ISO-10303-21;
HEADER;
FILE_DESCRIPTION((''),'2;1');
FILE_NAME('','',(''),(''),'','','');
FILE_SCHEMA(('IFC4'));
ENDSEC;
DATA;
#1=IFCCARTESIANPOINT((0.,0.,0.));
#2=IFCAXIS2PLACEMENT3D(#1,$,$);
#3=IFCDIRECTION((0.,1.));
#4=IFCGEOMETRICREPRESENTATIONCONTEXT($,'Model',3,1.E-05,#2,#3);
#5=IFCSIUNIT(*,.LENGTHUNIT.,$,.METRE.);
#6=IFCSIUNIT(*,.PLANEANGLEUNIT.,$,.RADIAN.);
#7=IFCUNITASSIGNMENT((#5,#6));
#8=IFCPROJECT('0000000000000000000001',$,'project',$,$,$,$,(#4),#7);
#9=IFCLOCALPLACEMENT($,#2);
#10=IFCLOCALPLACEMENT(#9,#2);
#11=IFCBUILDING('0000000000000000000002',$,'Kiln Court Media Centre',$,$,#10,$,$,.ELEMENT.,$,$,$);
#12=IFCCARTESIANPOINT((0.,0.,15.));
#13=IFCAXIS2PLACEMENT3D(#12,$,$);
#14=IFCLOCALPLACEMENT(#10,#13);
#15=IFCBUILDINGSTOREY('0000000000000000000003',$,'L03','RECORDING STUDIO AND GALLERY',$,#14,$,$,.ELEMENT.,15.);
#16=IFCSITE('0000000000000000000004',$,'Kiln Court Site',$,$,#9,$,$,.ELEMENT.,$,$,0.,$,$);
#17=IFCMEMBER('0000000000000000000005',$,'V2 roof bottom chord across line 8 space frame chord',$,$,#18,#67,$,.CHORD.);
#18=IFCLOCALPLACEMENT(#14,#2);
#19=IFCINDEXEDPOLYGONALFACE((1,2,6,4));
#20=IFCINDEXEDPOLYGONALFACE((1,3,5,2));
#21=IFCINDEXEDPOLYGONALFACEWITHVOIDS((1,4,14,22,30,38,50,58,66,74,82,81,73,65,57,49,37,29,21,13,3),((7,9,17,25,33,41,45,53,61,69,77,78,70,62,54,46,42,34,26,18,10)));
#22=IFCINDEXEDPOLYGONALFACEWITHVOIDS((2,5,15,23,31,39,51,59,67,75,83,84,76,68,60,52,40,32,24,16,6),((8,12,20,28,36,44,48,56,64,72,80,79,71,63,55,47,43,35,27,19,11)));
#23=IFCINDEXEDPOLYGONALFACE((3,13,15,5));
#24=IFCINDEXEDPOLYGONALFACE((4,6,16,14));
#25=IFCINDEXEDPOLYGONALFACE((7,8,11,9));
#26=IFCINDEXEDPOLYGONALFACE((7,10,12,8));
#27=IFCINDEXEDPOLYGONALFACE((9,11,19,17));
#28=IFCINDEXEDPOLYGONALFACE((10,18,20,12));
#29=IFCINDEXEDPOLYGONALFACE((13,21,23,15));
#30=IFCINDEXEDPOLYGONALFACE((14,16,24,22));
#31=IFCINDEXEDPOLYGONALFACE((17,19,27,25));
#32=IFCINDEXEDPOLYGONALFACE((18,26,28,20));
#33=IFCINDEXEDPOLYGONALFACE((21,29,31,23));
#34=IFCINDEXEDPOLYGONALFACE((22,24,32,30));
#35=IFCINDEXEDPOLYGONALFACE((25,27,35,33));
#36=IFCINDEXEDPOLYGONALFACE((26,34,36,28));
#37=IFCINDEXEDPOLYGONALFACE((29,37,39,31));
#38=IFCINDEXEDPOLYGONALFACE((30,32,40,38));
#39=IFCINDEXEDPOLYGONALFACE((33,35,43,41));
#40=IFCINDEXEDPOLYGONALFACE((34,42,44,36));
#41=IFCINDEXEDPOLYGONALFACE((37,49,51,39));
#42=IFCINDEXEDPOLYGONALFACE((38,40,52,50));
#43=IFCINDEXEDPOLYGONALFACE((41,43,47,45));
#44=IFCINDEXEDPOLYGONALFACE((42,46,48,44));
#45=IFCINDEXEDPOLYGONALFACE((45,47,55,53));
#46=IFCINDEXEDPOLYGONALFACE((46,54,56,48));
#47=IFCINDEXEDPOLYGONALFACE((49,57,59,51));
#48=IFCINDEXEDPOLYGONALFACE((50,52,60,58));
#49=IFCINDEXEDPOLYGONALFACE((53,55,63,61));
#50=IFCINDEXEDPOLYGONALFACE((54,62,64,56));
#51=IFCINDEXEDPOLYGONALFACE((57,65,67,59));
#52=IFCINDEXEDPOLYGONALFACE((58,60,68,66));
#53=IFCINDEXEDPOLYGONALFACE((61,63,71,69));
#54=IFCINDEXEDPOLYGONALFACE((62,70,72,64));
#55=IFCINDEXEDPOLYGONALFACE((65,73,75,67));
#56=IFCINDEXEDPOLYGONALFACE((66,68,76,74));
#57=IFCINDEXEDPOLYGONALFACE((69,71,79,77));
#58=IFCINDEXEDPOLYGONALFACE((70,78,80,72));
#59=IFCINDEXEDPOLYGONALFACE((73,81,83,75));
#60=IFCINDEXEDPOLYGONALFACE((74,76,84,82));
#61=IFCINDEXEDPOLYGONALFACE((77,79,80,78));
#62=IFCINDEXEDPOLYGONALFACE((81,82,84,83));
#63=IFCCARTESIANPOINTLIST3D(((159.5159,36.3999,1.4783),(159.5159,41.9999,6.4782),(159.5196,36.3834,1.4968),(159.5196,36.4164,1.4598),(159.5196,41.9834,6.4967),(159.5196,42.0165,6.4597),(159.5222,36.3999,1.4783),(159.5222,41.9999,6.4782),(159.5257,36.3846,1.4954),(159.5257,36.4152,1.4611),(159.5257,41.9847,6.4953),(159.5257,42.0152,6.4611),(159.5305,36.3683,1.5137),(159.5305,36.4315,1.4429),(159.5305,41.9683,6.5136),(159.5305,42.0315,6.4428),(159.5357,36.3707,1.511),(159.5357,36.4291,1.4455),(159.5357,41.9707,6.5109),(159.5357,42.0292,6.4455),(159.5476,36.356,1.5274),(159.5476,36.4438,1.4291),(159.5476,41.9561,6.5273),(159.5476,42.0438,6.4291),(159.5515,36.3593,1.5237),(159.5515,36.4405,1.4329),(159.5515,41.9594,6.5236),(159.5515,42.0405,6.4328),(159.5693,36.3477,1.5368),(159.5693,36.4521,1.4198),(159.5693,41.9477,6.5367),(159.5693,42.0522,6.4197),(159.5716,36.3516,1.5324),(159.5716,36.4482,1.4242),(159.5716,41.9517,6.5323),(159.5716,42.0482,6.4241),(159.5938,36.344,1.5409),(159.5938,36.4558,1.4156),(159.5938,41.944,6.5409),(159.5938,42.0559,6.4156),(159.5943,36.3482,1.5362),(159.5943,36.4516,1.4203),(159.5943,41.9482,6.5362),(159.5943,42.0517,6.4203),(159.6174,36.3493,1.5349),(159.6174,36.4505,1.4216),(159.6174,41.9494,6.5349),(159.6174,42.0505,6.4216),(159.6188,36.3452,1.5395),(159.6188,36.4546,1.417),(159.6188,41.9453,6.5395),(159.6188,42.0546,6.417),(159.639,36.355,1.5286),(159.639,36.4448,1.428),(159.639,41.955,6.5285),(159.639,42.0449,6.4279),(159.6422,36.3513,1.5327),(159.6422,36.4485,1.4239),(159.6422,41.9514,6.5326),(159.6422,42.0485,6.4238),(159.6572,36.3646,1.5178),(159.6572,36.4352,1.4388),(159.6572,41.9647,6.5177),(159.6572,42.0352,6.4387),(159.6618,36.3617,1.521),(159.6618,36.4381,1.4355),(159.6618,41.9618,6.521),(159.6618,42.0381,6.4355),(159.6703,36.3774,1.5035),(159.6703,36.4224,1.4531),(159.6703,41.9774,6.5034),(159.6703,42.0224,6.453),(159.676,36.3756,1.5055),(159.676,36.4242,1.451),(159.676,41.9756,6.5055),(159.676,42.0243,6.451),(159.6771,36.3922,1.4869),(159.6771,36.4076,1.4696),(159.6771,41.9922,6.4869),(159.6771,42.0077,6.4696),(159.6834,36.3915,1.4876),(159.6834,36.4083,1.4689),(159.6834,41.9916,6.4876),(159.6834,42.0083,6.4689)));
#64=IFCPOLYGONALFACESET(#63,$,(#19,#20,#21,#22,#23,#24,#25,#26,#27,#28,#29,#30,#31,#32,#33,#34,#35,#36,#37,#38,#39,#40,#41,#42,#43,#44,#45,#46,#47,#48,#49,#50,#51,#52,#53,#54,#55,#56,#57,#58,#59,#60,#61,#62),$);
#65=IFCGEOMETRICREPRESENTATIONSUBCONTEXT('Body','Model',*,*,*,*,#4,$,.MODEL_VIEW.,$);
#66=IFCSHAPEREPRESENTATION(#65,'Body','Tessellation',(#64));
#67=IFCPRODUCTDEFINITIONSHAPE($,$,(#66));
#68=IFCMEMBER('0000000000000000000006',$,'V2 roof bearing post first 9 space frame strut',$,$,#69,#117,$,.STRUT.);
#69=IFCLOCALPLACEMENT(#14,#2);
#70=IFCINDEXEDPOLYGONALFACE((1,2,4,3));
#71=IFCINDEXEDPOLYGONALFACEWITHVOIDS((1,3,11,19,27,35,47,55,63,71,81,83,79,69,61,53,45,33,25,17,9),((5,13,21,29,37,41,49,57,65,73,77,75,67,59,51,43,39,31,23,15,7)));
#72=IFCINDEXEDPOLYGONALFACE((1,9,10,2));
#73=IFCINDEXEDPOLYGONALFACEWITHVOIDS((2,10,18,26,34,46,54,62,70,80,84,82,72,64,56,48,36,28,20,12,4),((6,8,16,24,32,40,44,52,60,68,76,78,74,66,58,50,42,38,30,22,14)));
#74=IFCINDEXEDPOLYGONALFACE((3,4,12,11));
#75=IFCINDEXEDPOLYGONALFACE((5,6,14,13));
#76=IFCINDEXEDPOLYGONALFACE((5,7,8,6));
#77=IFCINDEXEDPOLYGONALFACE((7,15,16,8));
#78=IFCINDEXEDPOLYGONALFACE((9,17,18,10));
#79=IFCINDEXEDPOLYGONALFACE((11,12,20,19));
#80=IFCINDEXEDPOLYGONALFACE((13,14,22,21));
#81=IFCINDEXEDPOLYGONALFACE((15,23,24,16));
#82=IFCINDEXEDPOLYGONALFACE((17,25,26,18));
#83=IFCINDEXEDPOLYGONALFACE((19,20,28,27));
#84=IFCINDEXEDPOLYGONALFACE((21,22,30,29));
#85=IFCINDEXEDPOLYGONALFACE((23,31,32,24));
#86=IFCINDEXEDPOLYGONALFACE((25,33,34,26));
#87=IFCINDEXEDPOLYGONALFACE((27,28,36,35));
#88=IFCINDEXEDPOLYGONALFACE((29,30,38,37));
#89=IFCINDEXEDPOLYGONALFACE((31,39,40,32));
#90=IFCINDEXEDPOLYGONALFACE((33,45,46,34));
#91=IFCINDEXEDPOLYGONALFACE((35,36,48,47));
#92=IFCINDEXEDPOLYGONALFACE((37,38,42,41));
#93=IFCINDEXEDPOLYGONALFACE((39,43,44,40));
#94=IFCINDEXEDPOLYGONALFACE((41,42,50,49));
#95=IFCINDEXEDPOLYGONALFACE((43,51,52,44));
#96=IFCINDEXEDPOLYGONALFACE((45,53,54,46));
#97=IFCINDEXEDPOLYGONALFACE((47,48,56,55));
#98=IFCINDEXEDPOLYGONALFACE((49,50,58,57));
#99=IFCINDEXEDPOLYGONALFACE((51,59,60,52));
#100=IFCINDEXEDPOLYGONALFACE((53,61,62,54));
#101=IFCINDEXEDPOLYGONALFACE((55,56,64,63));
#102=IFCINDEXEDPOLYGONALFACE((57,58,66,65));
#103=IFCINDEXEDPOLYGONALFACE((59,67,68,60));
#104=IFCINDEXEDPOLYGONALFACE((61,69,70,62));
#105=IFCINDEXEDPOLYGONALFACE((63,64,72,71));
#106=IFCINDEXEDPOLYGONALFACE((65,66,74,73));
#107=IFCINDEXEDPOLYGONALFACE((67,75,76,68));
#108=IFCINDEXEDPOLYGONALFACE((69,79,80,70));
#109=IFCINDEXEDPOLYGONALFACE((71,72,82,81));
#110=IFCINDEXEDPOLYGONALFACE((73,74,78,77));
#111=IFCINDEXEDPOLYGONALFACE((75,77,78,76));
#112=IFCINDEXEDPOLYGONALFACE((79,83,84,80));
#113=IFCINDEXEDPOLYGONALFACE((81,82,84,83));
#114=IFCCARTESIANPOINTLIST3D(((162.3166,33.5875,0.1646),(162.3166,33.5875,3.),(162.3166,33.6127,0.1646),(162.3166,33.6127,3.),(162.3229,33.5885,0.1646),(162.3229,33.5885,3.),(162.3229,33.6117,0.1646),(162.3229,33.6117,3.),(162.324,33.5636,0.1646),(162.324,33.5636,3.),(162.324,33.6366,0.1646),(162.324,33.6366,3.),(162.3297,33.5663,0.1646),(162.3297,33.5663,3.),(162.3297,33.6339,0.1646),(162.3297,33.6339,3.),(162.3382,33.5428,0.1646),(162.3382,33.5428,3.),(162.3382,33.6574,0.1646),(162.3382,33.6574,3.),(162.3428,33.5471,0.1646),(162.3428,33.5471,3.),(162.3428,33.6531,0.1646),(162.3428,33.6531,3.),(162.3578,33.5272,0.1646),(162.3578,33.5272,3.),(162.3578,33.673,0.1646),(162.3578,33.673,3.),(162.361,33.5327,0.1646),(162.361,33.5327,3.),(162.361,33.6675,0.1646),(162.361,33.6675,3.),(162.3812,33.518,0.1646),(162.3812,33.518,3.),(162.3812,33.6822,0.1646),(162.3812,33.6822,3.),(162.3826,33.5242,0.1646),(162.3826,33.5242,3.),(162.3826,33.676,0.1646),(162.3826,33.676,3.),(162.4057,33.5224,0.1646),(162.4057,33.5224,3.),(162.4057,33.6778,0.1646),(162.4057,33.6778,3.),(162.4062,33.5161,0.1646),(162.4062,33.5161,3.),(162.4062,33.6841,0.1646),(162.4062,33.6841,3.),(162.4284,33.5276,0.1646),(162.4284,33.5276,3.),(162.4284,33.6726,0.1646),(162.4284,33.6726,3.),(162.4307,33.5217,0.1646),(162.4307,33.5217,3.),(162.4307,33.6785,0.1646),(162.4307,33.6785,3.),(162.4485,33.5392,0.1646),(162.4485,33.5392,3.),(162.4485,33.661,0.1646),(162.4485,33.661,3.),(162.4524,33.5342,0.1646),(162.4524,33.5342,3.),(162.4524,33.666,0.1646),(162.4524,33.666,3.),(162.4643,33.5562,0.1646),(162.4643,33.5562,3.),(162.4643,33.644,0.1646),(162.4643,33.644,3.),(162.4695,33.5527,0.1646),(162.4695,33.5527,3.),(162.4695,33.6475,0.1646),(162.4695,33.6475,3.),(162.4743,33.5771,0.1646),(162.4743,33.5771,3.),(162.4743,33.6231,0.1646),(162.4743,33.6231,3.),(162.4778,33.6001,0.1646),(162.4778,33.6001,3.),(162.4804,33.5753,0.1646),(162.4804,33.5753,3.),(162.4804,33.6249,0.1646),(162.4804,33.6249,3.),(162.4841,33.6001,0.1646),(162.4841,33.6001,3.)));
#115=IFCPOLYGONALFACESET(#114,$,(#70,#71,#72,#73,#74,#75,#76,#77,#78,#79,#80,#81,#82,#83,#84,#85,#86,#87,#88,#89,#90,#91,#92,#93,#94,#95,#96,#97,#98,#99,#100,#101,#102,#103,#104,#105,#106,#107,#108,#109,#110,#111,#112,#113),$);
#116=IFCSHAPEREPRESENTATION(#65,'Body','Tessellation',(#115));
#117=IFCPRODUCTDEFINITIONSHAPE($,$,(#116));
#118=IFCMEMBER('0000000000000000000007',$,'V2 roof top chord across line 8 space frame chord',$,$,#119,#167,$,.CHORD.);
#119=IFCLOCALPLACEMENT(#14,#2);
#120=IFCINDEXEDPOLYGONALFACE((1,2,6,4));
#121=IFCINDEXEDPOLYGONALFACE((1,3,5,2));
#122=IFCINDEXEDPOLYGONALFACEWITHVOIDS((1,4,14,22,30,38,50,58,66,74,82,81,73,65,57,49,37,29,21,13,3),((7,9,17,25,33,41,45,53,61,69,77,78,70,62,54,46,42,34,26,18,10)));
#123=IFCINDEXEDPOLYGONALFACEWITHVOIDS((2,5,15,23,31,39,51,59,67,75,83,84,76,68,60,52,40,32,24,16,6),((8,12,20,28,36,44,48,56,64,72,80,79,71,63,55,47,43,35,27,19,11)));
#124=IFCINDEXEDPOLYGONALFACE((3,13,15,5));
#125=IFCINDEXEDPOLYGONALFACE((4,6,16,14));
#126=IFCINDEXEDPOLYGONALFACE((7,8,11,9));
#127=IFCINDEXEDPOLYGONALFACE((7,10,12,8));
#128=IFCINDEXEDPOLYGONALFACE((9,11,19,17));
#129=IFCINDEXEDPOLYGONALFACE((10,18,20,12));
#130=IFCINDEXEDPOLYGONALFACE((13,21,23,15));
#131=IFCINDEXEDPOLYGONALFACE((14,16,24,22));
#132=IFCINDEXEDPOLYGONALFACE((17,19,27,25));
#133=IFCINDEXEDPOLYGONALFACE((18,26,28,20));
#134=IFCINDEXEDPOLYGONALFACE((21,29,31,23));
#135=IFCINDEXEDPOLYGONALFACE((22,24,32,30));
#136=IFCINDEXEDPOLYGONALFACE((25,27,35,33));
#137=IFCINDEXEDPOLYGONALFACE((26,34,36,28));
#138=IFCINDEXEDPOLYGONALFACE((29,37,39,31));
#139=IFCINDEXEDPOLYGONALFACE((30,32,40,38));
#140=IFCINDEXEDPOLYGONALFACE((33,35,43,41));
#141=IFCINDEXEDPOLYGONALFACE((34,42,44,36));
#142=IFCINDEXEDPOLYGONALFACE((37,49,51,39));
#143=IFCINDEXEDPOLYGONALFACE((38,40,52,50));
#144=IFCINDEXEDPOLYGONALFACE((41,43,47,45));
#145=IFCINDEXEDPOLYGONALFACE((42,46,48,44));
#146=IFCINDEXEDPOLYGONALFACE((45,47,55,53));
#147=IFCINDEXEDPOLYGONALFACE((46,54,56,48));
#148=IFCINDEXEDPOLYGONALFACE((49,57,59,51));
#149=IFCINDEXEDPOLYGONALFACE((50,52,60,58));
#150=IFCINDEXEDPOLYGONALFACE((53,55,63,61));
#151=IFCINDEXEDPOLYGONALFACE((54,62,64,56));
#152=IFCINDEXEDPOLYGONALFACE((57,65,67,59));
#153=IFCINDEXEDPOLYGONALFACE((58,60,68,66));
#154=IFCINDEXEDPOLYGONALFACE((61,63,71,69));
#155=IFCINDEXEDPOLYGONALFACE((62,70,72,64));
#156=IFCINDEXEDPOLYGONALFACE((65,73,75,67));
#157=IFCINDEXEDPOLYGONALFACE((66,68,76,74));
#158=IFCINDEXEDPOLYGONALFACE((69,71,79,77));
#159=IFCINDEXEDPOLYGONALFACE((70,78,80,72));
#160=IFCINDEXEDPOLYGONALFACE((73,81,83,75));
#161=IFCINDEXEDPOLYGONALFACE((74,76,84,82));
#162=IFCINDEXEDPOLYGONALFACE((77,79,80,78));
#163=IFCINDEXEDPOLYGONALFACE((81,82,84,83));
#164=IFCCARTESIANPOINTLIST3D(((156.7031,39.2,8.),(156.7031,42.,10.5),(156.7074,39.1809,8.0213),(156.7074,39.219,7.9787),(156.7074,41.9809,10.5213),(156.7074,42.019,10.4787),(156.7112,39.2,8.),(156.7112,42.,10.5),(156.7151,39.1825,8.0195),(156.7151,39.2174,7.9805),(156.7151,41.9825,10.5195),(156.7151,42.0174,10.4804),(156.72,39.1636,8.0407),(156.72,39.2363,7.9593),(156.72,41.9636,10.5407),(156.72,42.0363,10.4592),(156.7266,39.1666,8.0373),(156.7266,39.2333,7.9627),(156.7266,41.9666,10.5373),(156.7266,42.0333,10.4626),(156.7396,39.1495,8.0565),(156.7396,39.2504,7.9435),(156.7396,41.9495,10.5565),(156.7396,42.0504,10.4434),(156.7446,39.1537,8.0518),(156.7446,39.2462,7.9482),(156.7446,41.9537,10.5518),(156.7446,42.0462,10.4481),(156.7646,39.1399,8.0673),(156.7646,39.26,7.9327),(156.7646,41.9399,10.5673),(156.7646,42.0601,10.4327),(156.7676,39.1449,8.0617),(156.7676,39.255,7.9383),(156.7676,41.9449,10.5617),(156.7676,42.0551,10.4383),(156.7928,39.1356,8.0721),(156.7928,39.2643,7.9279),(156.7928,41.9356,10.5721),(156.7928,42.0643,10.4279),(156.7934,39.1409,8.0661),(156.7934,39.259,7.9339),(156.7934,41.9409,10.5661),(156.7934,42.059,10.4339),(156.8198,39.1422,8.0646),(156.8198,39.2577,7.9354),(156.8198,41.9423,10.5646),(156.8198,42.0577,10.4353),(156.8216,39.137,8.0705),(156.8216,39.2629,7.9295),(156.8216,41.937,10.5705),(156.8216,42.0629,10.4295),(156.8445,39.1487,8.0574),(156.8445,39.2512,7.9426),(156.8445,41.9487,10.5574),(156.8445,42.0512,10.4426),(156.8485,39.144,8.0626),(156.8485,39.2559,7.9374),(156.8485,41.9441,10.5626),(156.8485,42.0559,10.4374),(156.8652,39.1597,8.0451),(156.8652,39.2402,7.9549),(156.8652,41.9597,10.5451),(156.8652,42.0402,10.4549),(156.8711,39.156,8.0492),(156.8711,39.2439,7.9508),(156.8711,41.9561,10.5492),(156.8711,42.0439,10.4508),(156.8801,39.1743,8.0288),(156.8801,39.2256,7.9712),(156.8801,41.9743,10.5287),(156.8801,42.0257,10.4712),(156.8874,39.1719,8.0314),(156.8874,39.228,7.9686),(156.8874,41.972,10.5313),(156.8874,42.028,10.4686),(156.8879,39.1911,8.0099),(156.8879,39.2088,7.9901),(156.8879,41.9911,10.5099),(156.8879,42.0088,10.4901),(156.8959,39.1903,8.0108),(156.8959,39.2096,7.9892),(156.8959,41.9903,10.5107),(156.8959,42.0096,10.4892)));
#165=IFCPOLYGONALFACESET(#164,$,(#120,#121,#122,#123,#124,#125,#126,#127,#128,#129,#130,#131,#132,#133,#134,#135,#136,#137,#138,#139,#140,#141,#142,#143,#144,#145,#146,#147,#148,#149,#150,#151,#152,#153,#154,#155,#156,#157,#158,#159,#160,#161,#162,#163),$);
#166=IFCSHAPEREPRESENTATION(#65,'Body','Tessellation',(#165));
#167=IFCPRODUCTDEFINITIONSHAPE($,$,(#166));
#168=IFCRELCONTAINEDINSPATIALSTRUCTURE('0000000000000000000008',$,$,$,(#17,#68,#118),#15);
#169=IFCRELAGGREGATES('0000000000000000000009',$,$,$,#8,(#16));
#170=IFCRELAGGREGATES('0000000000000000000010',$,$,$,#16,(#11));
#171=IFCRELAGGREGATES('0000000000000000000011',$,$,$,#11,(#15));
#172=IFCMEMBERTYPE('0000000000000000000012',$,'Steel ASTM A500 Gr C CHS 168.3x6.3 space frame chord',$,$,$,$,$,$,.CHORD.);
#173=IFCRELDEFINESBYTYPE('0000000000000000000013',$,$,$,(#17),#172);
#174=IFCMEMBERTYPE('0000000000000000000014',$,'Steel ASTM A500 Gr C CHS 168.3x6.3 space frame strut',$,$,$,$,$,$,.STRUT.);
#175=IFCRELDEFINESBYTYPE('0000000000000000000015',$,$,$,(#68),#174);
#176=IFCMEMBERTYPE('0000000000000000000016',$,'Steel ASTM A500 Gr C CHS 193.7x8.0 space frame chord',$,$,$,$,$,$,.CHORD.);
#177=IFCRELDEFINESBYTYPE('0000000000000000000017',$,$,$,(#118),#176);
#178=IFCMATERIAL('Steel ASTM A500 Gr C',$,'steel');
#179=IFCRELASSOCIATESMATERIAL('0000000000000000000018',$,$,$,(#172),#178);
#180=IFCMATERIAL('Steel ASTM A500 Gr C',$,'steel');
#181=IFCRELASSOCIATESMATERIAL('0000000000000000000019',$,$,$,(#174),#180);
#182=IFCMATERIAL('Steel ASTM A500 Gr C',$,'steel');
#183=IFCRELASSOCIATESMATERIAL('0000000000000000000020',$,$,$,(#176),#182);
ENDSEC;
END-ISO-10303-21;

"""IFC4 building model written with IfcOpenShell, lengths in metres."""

from ifc_helpers import new_model, si_unit, direction, frame, origin, origin_2d, place, context, subcontext, project, spatial, hollow_circle, extrude, material, material_profile, profile_set, type_object, element, save


model = new_model("IFC4")

# Units and contexts
model_context = context("Model", 3, precision=1e-05, world=origin(), true_north=direction((0.0, 1.0)))
body_context = subcontext(model_context, "Body", "Model", "MODEL_VIEW")
ifc_project = project(units=[si_unit("LENGTHUNIT", "METRE"), si_unit("PLANEANGLEUNIT", "RADIAN")], contexts=[model_context])

# Site, building, storey
site_placement = place(None, origin())
site = spatial("IfcSite", under=ifc_project, at=site_placement, Name="Kiln Court Site", CompositionType="ELEMENT", RefElevation=0.0)
building_placement = place(site_placement, origin())
building = spatial("IfcBuilding", under=site, at=building_placement, Name="Kiln Court Media Centre", CompositionType="ELEMENT")
storey_placement = place(building_placement, frame((0.0, 0.0, 15.0)))
storey = spatial("IfcBuildingStorey", under=building, at=storey_placement, Name="L03", Description="RECORDING STUDIO AND GALLERY", CompositionType="ELEMENT", Elevation=15.0)

# Members
ifc_material_1 = material(Name="Steel ASTM A500 Gr C", Category="steel")
ifc_material_profile_1 = material_profile(ifc_material_1, hollow_circle(Radius=0.0842, WallThickness=0.0063, at=origin_2d()), Name="CHS 168.3x6.3")
ifc_profile_set_1 = profile_set([ifc_material_profile_1], Name="Steel ASTM A500 Gr C")
member_type_1 = type_object("IfcMemberType", Name="Steel ASTM A500 Gr C CHS 168.3x6.3 space frame chord", PredefinedType="CHORD", material=ifc_profile_set_1)
member_1_placement = place(storey_placement, frame((159.6001, 36.3999, 1.4783), z_axis=(0.0, 0.745943, 0.666009), x_axis=(-1.0, 0.0, 0.0)))
element("IfcMember", 1, at=member_1_placement, inside=storey, type_object=member_type_1, Name="V2 roof bottom chord across line 8 space frame chord", PredefinedType="CHORD", context=body_context, shape_type="SweptSolid", body=[
    extrude(hollow_circle(Radius=0.0842, WallThickness=0.0063, at=origin_2d()), origin(), (0.0, 0.0, 1.0), 7.5073),
])
ifc_material_2 = material(Name="Steel ASTM A500 Gr C", Category="steel")
ifc_material_profile_2 = material_profile(ifc_material_2, hollow_circle(Radius=0.0842, WallThickness=0.0063, at=origin_2d()), Name="CHS 168.3x6.3")
ifc_profile_set_2 = profile_set([ifc_material_profile_2], Name="Steel ASTM A500 Gr C")
member_type_2 = type_object("IfcMemberType", Name="Steel ASTM A500 Gr C CHS 168.3x6.3 space frame strut", PredefinedType="STRUT", material=ifc_profile_set_2)
member_2_placement = place(storey_placement, frame((162.3999, 33.6001, 0.1646), z_axis=(0.0, 0.0, 1.0), x_axis=(1.0, 0.0, 0.0)))
element("IfcMember", 2, at=member_2_placement, inside=storey, type_object=member_type_2, Name="V2 roof bearing post first 9 space frame strut", PredefinedType="STRUT", context=body_context, shape_type="SweptSolid", body=[
    extrude(hollow_circle(Radius=0.0842, WallThickness=0.0063, at=origin_2d()), origin(), (0.0, 0.0, 1.0), 2.8354),
])
ifc_material_3 = material(Name="Steel ASTM A500 Gr C", Category="steel")
ifc_material_profile_3 = material_profile(ifc_material_3, hollow_circle(Radius=0.0969, WallThickness=0.0081, at=origin_2d()), Name="CHS 193.7x8.0")
ifc_profile_set_3 = profile_set([ifc_material_profile_3], Name="Steel ASTM A500 Gr C")
member_type_3 = type_object("IfcMemberType", Name="Steel ASTM A500 Gr C CHS 193.7x8.0 space frame chord", PredefinedType="CHORD", material=ifc_profile_set_3)
member_3_placement = place(storey_placement, frame((156.8, 39.2, 8.0), z_axis=(0.0, 0.745943, 0.666009), x_axis=(-1.0, 0.0, 0.0)))
element("IfcMember", 3, at=member_3_placement, inside=storey, type_object=member_type_3, Name="V2 roof top chord across line 8 space frame chord", PredefinedType="CHORD", context=body_context, shape_type="SweptSolid", body=[
    extrude(hollow_circle(Radius=0.0969, WallThickness=0.0081, at=origin_2d()), origin(), (0.0, 0.0, 1.0), 3.7537),
])

save(model, "model.ifc")
